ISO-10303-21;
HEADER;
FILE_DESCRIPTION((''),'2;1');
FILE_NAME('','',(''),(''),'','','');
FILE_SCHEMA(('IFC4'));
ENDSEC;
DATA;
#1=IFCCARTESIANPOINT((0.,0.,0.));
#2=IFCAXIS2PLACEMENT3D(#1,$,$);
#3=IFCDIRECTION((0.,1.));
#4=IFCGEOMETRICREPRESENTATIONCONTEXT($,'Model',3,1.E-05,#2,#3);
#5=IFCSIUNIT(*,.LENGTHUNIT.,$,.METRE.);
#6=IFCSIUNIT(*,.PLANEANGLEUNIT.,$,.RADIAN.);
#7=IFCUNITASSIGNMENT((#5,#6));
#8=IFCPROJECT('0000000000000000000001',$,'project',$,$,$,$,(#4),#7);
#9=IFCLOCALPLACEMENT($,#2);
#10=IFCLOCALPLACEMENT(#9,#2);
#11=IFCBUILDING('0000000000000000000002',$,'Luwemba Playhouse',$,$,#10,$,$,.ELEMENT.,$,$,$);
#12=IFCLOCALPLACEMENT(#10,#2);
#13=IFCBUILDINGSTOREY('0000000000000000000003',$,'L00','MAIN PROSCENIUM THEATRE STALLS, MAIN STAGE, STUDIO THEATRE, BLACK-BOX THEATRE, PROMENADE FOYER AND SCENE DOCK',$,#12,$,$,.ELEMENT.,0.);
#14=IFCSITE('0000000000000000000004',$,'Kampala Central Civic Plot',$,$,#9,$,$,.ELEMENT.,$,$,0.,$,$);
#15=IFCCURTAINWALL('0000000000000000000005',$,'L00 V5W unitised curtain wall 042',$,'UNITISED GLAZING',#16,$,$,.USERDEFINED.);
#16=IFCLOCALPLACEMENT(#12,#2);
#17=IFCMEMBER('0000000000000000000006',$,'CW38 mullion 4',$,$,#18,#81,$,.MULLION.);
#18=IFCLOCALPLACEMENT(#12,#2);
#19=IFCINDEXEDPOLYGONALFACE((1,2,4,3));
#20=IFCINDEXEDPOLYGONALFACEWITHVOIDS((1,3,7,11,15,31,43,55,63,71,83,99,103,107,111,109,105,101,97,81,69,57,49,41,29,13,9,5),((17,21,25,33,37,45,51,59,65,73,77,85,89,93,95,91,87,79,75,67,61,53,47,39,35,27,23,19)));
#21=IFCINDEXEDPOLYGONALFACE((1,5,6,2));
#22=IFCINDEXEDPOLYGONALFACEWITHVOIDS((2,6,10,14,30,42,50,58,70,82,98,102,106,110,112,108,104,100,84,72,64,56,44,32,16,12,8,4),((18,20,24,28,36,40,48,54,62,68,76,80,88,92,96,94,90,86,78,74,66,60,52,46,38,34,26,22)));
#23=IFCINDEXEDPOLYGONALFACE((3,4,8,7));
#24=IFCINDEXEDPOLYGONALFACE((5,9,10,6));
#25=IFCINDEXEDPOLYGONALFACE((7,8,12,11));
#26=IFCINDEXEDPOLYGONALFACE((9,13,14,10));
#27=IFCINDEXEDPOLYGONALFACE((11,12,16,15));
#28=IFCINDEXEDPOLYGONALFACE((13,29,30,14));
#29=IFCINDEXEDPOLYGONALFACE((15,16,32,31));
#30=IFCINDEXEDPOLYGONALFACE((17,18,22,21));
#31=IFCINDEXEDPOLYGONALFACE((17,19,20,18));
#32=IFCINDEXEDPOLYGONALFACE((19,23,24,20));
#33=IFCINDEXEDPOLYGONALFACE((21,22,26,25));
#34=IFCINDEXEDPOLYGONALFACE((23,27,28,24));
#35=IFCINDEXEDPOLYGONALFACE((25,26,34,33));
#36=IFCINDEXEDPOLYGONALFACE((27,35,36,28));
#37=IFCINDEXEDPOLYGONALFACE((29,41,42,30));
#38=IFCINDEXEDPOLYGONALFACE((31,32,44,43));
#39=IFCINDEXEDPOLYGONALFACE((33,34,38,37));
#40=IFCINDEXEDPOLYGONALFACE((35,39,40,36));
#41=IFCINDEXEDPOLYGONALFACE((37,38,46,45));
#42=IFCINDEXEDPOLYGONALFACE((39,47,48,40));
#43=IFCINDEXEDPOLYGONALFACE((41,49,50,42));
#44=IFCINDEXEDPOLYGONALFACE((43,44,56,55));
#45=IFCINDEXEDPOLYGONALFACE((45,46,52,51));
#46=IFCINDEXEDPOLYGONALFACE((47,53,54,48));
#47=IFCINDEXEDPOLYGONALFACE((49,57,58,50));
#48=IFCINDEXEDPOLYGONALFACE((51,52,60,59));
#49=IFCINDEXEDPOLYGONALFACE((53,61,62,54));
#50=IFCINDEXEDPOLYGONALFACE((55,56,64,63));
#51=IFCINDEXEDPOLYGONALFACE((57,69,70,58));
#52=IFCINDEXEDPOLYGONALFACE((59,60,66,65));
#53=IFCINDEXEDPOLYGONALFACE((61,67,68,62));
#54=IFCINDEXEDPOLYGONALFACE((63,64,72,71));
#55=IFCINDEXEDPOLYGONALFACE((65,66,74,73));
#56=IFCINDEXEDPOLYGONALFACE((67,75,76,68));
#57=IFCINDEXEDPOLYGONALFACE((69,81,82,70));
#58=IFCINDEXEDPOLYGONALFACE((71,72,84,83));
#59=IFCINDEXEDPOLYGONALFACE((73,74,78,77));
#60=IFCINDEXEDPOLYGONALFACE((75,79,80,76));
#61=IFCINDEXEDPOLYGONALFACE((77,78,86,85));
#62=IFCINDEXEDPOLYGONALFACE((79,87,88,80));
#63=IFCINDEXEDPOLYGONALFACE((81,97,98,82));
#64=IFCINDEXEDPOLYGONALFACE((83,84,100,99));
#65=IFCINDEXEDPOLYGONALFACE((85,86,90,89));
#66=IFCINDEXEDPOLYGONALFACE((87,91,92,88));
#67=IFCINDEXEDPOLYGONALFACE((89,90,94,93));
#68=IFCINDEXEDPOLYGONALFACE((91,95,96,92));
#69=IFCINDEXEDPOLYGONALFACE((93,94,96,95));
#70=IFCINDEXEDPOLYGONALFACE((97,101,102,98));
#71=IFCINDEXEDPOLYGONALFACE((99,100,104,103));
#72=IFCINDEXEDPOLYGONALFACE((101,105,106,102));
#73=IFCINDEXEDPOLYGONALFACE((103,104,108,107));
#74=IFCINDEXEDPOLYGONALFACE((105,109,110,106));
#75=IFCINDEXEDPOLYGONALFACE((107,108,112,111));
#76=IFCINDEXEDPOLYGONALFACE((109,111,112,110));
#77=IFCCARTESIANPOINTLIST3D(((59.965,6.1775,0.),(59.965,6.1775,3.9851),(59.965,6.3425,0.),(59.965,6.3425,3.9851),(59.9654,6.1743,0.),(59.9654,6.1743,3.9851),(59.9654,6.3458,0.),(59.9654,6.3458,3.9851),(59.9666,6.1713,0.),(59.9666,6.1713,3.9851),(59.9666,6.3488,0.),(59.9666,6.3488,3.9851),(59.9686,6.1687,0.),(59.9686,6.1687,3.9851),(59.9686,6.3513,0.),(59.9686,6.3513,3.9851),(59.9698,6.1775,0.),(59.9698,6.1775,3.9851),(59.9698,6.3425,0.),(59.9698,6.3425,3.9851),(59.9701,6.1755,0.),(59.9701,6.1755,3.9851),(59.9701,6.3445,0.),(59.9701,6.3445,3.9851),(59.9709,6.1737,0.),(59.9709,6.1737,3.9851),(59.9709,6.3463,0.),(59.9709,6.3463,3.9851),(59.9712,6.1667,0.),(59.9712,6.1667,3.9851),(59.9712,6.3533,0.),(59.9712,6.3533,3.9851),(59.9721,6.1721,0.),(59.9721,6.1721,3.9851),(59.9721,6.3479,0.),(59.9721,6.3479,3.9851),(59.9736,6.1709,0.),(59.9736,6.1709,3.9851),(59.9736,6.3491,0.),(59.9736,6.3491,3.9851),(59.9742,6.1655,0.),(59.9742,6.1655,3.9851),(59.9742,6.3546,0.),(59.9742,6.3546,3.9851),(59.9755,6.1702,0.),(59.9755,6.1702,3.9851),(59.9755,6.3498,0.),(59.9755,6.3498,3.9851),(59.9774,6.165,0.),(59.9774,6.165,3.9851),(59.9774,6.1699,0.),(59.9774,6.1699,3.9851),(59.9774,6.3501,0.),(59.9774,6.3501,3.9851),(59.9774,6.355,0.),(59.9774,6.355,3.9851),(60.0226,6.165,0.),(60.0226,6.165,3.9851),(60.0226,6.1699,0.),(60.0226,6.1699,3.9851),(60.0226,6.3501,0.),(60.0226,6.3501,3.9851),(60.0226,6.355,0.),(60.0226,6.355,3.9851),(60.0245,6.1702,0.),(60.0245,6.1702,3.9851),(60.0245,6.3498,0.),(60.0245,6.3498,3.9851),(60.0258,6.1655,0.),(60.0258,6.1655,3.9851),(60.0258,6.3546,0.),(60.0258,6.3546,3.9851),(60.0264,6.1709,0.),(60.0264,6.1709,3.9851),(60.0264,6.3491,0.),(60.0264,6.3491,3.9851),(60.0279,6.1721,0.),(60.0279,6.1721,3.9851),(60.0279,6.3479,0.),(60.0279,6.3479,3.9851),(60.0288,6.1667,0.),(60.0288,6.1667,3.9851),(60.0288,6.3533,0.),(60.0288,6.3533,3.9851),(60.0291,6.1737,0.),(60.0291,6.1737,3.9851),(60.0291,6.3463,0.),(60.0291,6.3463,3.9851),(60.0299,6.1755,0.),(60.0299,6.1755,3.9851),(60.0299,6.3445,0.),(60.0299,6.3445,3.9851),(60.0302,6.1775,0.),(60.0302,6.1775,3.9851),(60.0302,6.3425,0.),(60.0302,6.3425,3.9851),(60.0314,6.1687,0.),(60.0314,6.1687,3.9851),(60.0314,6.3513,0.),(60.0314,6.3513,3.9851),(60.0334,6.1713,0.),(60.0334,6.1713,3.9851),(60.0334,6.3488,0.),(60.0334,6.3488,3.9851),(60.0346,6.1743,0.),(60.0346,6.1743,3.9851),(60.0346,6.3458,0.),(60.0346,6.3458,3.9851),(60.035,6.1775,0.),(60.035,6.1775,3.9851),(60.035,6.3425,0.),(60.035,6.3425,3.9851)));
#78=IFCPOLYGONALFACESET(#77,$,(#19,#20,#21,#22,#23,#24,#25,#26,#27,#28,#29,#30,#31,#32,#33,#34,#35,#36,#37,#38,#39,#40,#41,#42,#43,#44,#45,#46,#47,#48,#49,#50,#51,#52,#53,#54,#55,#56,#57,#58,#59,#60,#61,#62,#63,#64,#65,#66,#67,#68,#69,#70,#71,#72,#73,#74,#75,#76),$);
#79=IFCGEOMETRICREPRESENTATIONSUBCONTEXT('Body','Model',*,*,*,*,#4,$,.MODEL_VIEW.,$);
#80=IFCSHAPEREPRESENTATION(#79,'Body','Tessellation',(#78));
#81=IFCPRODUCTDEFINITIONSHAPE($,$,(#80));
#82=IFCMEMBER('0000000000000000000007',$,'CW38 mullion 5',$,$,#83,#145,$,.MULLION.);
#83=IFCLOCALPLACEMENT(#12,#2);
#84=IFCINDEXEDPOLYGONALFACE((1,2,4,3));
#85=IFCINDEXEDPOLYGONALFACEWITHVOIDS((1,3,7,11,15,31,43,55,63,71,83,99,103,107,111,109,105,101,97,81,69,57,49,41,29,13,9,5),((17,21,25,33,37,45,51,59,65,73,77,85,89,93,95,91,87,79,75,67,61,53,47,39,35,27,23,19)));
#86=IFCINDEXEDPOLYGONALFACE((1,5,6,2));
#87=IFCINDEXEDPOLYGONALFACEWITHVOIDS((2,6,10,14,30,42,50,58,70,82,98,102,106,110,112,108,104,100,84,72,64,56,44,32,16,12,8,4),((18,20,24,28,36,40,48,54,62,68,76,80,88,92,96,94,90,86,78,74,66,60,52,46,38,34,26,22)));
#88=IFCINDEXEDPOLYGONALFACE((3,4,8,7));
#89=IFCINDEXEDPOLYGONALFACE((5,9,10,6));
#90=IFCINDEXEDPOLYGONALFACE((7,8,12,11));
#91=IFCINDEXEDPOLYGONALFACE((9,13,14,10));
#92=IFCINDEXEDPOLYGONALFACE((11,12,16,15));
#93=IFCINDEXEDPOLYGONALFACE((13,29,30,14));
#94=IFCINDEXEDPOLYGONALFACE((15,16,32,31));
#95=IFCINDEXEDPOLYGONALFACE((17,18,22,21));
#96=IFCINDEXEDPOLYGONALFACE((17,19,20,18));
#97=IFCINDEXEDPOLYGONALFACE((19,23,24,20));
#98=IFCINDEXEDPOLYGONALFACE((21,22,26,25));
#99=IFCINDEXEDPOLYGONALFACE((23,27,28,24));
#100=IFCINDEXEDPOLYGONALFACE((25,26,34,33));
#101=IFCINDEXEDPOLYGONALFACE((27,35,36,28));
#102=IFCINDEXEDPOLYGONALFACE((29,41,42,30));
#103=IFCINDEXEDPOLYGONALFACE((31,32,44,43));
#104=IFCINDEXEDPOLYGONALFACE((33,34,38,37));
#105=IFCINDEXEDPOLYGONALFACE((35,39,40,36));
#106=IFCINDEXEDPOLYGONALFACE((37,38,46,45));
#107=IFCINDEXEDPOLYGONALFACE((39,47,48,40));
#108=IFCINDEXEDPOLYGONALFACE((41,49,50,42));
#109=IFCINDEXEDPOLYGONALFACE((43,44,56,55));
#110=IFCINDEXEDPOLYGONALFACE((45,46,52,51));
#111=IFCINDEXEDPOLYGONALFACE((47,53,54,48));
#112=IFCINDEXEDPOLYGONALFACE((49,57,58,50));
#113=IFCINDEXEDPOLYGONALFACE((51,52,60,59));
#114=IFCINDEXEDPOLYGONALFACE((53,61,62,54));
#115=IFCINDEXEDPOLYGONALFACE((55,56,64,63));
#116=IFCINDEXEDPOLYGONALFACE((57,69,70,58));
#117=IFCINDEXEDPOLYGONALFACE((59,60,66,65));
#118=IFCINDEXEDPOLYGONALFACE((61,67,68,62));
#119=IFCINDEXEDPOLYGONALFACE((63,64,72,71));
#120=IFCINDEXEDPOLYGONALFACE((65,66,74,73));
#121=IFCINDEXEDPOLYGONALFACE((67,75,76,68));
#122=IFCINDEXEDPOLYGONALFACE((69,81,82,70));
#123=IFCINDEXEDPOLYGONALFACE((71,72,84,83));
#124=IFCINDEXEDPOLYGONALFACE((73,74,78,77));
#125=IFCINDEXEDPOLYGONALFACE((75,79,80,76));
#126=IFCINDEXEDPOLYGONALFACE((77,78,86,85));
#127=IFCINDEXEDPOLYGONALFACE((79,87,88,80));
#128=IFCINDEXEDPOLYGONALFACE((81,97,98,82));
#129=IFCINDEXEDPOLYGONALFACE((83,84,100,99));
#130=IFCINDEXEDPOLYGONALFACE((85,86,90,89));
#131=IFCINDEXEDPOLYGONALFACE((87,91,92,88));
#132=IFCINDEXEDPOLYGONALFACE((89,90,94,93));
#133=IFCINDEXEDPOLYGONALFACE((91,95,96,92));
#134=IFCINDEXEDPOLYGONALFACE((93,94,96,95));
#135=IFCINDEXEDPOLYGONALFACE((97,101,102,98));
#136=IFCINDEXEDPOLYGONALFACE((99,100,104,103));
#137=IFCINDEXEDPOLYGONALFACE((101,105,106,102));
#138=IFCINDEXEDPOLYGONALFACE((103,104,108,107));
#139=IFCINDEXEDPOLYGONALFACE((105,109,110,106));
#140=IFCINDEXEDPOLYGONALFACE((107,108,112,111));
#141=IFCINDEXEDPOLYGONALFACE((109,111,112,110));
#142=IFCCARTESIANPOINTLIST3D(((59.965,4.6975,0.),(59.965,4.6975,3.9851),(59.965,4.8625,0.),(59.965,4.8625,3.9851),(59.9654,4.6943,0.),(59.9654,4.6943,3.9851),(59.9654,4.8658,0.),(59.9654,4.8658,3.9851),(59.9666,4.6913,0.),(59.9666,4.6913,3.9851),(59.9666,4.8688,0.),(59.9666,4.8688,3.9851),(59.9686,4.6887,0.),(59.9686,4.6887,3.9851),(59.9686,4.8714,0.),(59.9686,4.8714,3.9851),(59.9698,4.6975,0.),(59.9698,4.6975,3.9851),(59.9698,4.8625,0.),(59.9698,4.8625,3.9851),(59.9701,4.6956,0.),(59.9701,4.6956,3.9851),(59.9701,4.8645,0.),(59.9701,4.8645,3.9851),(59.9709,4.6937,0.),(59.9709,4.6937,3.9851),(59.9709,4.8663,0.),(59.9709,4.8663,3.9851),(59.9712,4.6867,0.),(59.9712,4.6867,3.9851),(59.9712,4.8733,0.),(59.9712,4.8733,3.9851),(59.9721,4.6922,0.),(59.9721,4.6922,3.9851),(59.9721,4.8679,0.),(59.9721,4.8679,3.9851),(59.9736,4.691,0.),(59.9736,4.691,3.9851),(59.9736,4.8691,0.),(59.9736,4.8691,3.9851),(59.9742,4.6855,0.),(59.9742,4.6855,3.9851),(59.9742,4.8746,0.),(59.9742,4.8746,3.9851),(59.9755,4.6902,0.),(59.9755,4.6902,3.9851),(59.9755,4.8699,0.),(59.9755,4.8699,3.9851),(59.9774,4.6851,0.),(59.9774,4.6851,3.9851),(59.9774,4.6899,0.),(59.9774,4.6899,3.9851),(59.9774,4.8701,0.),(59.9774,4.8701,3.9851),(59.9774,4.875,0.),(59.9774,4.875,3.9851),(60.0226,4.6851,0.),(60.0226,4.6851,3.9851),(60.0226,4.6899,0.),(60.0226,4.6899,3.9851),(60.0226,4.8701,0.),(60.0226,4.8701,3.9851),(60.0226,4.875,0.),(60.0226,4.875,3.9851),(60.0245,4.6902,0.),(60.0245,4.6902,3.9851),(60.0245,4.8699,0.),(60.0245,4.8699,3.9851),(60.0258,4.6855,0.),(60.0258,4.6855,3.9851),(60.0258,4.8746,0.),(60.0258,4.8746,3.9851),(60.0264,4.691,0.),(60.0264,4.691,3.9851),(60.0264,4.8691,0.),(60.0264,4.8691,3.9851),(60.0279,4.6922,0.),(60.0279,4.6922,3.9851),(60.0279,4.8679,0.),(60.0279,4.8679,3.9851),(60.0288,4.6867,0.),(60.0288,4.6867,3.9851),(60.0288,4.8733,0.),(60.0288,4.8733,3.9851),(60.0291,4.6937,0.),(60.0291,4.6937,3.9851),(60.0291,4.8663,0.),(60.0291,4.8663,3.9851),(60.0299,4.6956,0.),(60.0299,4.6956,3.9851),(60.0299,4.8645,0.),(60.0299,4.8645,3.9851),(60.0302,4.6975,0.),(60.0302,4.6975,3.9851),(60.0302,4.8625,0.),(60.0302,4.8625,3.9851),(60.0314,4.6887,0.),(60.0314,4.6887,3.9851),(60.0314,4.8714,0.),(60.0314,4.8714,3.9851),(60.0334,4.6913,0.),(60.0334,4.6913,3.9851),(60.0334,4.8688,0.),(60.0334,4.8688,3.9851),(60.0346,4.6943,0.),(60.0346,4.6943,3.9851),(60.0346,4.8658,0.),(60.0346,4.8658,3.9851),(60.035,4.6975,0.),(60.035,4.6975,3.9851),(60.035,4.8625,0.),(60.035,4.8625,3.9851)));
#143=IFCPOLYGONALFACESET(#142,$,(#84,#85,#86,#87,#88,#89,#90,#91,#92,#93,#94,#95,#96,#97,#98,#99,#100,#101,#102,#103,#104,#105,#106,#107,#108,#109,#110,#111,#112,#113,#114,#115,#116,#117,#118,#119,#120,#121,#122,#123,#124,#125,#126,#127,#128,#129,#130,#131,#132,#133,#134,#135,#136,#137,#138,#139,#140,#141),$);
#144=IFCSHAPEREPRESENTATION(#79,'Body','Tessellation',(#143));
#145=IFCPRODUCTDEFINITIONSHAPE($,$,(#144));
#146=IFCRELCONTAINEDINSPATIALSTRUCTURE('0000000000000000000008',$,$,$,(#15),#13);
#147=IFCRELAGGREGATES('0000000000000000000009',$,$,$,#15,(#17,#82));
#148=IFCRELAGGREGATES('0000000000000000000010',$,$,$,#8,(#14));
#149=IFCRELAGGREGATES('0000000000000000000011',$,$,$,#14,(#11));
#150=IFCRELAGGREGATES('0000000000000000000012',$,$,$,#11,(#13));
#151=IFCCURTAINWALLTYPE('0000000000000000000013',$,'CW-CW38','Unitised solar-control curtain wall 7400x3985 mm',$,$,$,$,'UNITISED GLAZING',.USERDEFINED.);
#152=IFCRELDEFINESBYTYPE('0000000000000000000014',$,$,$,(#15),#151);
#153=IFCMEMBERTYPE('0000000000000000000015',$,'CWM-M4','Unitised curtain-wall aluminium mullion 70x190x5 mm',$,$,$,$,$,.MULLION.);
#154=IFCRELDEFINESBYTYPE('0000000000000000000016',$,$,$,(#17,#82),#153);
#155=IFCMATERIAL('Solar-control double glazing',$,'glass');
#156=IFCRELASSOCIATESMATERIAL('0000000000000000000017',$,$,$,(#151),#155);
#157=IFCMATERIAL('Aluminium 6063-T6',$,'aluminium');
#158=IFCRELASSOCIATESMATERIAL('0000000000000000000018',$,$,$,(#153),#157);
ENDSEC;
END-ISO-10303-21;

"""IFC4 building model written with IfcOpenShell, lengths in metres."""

from ifc_helpers import new_model, si_unit, direction, frame, origin, origin_2d, place, context, subcontext, project, spatial, hollow_rectangle, extrude, material, material_profile, profile_set, type_object, element, aggregate, save


model = new_model("IFC4")

# Units and contexts
model_context = context("Model", 3, precision=1e-05, world=origin(), true_north=direction((0.0, 1.0)))
body_context = subcontext(model_context, "Body", "Model", "MODEL_VIEW")
ifc_project = project(units=[si_unit("LENGTHUNIT", "METRE"), si_unit("PLANEANGLEUNIT", "RADIAN")], contexts=[model_context])

# Site, building, storey
site_placement = place(None, origin())
site = spatial("IfcSite", under=ifc_project, at=site_placement, Name="Kampala Central Civic Plot", CompositionType="ELEMENT", RefElevation=0.0)
building_placement = place(site_placement, origin())
building = spatial("IfcBuilding", under=site, at=building_placement, Name="Luwemba Playhouse", CompositionType="ELEMENT")
storey_placement = place(building_placement, origin())
storey = spatial("IfcBuildingStorey", under=building, at=storey_placement, Name="L00", Description="MAIN PROSCENIUM THEATRE STALLS, MAIN STAGE, STUDIO THEATRE, BLACK-BOX THEATRE, PROMENADE FOYER AND SCENE DOCK", CompositionType="ELEMENT", Elevation=0.0)

# Shared definitions
ifc_material_1 = material(Name="Solar-control double glazing", Category="glass")
ifc_material_2 = material(Name="Aluminium 6063-T6", Category="aluminium")

# Curtain wall, members
curtain_wall_type_1 = type_object("IfcCurtainWallType", Name="CW-CW38", Description="Unitised solar-control curtain wall 7400x3985 mm", ElementType="UNITISED GLAZING", PredefinedType="USERDEFINED", material=ifc_material_1)
curtain_wall_1_placement = place(storey_placement, origin())
curtain_wall_1 = element("IfcCurtainWall", 1, at=curtain_wall_1_placement, inside=storey, type_object=curtain_wall_type_1, Name="L00 V5W unitised curtain wall 042", ObjectType="UNITISED GLAZING", PredefinedType="USERDEFINED")
ifc_material_profile_1 = material_profile(ifc_material_2, hollow_rectangle(XDim=0.0701, YDim=0.1899, WallThickness=0.0049, InnerFilletRadius=0.0076, OuterFilletRadius=0.0125, at=origin_2d()))
ifc_profile_set_1 = profile_set([ifc_material_profile_1], Name="Aluminium 6063-T6")
member_type_1 = type_object("IfcMemberType", Name="CWM-M4", Description="Unitised curtain-wall aluminium mullion 70x190x5 mm", PredefinedType="MULLION", material=ifc_profile_set_1)
member_1_placement = place(storey_placement, frame((60.0, 6.26, 0.0), z_axis=(0.0, 0.0, 1.0), x_axis=(1.0, 0.0, 0.0)))
member_1 = element("IfcMember", 2, at=member_1_placement, type_object=member_type_1, Name="CW38 mullion 4", PredefinedType="MULLION", context=body_context, shape_type="SweptSolid", body=[
    extrude(hollow_rectangle(XDim=0.0701, YDim=0.1899, WallThickness=0.0049, InnerFilletRadius=0.0076, OuterFilletRadius=0.0125, at=origin_2d()), origin(), (0.0, 0.0, 1.0), 3.9851),
])
member_2_placement = place(storey_placement, frame((60.0, 4.78, 0.0), z_axis=(0.0, 0.0, 1.0), x_axis=(1.0, 0.0, 0.0)))
member_2 = element("IfcMember", 3, at=member_2_placement, type_object=member_type_1, Name="CW38 mullion 5", PredefinedType="MULLION", context=body_context, shape_type="SweptSolid", body=[
    extrude(hollow_rectangle(XDim=0.0701, YDim=0.1899, WallThickness=0.0049, InnerFilletRadius=0.0076, OuterFilletRadius=0.0125, at=origin_2d()), origin(), (0.0, 0.0, 1.0), 3.9851),
])

aggregate(curtain_wall_1, [member_1, member_2])

save(model, "model.ifc")
